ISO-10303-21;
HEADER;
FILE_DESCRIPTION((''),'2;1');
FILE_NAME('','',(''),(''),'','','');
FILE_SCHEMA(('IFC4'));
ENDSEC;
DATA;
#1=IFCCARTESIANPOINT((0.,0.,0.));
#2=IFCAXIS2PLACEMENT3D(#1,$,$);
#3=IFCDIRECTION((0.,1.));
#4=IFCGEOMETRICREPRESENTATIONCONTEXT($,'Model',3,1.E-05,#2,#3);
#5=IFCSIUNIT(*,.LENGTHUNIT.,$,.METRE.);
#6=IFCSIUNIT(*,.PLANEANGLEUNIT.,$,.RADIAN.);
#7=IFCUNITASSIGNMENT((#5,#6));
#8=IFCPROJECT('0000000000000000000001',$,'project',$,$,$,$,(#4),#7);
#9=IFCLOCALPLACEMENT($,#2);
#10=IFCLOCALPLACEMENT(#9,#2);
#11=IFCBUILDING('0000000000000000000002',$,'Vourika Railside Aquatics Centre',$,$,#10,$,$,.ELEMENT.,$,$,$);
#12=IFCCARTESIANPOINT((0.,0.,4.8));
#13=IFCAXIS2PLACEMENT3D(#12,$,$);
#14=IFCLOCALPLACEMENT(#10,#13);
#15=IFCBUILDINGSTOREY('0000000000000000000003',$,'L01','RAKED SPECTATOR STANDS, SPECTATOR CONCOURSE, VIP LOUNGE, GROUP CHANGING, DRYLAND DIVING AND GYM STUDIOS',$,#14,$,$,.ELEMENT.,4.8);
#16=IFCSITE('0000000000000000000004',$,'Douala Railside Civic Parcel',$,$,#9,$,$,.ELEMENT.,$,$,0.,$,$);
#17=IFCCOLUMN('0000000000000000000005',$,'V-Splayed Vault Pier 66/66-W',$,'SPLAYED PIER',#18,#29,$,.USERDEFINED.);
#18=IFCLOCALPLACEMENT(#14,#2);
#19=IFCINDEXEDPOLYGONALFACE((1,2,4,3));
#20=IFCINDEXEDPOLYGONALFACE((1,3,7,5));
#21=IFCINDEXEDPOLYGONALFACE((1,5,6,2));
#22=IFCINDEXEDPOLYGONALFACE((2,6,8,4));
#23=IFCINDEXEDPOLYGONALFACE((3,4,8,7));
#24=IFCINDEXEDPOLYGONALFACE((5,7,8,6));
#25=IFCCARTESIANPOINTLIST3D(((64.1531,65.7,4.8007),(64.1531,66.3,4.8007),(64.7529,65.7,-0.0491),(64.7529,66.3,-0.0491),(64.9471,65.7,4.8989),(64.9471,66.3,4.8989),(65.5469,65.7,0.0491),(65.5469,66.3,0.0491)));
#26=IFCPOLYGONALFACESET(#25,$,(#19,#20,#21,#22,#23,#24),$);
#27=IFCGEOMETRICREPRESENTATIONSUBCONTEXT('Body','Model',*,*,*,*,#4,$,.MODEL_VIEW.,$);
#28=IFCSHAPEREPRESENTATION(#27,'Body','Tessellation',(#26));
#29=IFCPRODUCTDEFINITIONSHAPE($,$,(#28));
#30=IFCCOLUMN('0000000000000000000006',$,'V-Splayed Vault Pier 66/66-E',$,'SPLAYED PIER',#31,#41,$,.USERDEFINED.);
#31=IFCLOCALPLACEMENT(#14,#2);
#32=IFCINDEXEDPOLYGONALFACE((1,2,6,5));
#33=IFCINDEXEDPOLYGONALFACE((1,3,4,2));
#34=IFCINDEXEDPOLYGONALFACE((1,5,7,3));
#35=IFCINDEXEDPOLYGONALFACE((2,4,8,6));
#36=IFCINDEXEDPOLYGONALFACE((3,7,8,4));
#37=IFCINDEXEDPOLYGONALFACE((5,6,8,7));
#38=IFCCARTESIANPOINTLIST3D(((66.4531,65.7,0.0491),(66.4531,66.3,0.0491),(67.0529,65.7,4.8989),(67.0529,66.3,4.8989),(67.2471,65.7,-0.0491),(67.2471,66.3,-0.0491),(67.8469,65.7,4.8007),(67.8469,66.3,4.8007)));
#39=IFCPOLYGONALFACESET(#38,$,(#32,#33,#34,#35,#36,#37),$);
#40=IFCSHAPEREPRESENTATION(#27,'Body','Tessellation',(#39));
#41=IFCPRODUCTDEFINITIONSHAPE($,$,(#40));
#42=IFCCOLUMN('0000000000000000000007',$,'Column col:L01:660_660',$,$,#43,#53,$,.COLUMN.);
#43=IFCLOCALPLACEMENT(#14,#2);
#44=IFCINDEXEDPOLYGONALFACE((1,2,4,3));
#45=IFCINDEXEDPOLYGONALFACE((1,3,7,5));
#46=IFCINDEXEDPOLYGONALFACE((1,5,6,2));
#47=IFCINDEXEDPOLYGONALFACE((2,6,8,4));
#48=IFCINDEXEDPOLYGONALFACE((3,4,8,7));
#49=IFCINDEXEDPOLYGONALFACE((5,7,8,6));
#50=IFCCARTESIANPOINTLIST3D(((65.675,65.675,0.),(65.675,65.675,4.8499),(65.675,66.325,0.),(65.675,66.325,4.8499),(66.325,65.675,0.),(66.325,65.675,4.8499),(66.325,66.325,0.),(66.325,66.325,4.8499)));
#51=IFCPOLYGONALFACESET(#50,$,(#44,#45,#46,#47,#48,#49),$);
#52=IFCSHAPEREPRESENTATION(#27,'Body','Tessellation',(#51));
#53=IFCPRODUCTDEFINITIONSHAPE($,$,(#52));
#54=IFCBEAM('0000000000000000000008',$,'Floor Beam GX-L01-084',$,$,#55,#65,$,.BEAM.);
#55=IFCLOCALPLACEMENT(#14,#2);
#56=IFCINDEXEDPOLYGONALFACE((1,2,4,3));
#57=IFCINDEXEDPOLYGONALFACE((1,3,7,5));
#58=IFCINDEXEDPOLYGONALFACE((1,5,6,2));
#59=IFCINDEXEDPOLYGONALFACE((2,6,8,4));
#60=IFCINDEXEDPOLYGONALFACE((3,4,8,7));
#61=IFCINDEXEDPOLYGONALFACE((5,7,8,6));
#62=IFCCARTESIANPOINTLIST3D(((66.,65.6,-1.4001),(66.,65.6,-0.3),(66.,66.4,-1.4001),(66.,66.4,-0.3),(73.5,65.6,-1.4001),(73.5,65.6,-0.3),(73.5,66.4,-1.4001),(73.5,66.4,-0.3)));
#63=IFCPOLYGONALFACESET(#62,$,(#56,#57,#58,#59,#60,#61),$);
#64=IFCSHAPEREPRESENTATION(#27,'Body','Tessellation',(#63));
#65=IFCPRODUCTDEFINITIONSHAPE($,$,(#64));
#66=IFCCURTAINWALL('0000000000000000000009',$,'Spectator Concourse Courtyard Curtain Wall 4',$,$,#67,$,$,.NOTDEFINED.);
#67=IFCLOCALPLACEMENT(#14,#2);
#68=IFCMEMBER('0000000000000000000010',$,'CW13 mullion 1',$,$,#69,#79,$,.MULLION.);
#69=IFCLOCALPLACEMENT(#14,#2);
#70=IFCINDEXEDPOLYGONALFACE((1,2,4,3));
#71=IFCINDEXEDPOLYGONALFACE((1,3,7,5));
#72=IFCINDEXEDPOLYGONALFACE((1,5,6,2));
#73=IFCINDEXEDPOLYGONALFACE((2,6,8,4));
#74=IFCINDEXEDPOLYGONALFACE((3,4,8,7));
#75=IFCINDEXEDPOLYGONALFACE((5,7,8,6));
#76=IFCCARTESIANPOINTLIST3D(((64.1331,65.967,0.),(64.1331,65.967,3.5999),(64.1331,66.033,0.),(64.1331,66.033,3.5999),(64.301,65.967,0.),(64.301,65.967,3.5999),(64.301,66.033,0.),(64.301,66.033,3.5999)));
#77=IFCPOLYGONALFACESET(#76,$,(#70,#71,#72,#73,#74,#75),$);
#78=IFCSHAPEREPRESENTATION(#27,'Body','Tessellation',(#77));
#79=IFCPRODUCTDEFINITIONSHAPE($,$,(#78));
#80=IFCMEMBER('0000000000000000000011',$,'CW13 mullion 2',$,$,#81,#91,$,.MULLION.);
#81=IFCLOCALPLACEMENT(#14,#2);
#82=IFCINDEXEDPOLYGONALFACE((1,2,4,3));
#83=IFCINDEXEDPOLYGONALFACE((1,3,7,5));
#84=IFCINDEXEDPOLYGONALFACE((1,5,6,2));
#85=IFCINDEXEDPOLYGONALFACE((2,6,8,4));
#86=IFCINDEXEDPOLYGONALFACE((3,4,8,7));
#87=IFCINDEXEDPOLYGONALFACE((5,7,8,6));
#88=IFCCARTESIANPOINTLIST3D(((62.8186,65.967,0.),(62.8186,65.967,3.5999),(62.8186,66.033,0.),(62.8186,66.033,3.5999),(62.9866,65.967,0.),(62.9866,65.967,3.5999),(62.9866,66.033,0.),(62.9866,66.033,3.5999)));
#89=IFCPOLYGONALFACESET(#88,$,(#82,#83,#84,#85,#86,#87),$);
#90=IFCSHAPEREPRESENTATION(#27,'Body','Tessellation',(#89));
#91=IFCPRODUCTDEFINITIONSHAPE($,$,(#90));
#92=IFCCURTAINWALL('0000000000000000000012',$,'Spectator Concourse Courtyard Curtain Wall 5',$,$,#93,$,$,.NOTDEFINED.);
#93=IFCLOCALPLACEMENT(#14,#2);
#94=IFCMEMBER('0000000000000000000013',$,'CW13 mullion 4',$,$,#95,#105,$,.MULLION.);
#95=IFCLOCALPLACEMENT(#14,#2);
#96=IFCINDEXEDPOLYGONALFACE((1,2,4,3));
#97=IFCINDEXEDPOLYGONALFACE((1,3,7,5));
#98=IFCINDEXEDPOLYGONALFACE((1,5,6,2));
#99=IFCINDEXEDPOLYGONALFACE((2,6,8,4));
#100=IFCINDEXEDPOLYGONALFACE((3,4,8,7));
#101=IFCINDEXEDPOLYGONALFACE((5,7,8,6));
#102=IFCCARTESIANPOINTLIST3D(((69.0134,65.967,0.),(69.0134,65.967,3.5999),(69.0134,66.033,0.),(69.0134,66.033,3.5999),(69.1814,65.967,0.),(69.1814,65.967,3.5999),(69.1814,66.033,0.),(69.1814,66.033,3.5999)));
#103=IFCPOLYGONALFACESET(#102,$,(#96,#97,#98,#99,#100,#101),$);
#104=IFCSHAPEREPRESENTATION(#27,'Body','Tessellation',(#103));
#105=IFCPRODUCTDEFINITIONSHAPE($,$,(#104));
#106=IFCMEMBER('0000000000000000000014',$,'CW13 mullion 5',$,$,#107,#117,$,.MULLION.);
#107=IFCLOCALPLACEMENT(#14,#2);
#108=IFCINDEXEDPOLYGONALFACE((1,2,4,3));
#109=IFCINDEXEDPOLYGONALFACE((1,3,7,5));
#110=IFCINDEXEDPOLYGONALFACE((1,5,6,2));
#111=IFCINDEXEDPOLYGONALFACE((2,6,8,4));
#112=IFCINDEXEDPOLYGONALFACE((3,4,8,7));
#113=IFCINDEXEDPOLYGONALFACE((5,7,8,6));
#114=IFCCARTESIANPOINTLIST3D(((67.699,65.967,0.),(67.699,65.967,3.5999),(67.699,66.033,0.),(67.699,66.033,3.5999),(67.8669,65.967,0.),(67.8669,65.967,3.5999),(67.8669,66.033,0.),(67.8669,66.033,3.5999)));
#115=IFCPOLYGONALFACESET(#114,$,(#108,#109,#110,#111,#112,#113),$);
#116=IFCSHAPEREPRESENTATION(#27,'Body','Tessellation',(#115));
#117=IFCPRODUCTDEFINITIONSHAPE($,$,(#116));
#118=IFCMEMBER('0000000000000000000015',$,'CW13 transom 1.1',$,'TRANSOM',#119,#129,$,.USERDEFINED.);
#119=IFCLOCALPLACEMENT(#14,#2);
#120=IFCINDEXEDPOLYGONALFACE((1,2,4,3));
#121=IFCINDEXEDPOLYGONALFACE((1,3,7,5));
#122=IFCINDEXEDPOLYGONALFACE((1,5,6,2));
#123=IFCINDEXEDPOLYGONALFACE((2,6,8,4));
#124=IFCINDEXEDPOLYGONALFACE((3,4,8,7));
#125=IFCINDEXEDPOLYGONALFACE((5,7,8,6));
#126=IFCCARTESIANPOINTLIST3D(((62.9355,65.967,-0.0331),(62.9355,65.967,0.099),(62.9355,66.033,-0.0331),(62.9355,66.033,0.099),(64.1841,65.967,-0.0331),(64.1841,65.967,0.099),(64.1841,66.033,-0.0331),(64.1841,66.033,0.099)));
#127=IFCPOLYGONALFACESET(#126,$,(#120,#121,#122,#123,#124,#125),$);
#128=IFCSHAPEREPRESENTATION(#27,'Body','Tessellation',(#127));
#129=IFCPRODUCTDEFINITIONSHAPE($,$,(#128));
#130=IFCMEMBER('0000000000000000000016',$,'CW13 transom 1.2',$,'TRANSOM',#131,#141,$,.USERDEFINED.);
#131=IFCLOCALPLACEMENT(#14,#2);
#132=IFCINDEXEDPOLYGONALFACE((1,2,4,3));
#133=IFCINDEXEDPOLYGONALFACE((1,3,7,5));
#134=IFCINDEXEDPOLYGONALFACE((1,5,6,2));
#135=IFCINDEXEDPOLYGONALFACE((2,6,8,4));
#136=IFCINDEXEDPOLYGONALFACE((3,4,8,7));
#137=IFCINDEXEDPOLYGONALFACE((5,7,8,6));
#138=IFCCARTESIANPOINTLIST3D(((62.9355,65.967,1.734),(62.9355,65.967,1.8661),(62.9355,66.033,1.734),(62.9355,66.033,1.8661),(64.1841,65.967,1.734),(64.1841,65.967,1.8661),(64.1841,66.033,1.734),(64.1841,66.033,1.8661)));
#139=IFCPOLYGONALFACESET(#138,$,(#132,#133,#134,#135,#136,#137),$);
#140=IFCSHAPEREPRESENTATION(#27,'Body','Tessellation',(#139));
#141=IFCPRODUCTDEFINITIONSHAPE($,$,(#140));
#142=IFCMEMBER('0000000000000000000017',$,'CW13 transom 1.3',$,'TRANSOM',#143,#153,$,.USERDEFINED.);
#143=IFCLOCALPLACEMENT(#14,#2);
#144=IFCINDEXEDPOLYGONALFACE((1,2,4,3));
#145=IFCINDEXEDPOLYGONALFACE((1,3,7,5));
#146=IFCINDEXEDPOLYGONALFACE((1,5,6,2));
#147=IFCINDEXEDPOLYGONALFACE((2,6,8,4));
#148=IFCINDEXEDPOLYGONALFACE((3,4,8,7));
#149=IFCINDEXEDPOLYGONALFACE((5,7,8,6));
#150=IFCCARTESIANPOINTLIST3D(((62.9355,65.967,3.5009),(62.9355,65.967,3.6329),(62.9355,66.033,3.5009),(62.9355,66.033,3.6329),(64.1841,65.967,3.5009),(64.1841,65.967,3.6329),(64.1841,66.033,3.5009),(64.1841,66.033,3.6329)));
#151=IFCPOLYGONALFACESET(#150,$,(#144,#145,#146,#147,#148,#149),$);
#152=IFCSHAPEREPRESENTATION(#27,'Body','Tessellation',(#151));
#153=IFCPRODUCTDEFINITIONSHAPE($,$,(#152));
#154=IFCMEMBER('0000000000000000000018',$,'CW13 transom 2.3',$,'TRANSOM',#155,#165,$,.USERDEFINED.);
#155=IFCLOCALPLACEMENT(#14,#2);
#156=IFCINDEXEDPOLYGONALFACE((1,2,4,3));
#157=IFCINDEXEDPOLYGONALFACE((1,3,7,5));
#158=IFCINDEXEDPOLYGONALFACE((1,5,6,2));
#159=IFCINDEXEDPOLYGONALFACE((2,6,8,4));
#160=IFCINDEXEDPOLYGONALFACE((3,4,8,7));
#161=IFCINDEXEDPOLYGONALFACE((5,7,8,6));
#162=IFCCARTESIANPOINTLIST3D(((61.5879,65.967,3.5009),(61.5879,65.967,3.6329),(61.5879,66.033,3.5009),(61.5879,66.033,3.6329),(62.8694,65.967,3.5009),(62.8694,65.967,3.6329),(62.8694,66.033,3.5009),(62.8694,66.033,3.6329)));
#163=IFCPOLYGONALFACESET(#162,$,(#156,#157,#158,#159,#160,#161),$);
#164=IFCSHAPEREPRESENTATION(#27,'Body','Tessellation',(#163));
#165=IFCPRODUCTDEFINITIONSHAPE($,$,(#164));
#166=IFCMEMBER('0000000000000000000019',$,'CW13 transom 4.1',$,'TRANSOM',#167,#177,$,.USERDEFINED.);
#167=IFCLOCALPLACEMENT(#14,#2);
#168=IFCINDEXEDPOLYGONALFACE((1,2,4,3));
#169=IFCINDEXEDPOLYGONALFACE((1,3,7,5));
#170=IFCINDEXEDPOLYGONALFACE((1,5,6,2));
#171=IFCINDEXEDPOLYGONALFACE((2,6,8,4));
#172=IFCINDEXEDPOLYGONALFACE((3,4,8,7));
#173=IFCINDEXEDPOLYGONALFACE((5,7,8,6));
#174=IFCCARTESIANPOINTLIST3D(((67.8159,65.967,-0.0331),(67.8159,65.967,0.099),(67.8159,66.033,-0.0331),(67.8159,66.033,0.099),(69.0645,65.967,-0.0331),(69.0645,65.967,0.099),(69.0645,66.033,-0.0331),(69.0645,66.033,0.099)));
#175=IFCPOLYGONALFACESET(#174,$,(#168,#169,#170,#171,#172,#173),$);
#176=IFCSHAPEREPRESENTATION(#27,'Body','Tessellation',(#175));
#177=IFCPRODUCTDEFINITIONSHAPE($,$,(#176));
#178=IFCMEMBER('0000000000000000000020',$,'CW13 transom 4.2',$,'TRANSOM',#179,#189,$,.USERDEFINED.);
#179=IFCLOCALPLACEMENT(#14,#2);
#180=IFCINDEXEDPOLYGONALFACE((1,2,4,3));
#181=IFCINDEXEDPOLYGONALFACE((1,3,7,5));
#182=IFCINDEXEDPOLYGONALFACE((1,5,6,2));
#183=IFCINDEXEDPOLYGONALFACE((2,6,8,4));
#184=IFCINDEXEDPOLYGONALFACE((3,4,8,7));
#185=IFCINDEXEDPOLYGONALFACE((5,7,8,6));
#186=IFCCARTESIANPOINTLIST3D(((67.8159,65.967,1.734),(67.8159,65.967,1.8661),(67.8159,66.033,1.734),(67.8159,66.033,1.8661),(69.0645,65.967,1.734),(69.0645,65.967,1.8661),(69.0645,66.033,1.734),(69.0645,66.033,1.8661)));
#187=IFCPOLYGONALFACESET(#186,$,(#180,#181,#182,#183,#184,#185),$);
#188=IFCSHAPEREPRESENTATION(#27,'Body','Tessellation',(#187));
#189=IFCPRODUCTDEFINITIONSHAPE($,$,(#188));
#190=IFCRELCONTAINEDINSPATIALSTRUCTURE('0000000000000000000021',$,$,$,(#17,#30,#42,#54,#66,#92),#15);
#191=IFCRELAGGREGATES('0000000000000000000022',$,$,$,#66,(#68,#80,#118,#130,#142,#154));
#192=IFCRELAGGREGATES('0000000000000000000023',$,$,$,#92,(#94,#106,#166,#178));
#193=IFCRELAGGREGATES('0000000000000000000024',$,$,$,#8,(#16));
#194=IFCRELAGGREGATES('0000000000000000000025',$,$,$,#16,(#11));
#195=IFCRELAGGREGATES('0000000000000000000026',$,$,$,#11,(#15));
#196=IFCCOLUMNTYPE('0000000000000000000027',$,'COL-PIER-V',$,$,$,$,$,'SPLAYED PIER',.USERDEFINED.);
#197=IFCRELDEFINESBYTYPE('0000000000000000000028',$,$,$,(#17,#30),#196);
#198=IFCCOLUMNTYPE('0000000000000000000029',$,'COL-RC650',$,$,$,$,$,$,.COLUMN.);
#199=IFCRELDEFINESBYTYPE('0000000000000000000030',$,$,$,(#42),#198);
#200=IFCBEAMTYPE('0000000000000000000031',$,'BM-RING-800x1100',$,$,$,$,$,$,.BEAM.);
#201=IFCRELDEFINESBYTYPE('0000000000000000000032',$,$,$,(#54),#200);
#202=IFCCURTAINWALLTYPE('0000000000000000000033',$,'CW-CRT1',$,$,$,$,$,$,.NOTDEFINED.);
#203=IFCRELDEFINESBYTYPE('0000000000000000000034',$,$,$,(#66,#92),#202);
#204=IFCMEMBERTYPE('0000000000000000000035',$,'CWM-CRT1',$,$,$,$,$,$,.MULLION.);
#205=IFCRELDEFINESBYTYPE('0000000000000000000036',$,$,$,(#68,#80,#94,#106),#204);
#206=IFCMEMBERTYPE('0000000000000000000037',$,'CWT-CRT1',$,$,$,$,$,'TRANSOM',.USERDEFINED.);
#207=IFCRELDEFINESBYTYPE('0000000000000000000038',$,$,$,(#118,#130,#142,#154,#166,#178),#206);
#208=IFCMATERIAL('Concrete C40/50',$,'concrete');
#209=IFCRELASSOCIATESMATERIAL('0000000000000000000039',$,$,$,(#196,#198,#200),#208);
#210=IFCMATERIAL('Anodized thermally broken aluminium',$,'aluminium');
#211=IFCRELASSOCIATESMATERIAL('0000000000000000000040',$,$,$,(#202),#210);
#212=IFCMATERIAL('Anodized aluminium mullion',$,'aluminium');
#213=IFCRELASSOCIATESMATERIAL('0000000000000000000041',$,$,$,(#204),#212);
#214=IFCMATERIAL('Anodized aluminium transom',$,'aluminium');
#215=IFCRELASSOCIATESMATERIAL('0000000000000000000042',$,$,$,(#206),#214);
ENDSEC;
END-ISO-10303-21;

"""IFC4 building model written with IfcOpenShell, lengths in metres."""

from ifc_helpers import new_model, si_unit, direction, frame, origin, origin_2d, place, context, subcontext, project, spatial, rectangle, extrude, material, material_profile, profile_set, type_object, element, aggregate, save


model = new_model("IFC4")

# Units and contexts
model_context = context("Model", 3, precision=1e-05, world=origin(), true_north=direction((0.0, 1.0)))
body_context = subcontext(model_context, "Body", "Model", "MODEL_VIEW")
ifc_project = project(units=[si_unit("LENGTHUNIT", "METRE"), si_unit("PLANEANGLEUNIT", "RADIAN")], contexts=[model_context])

# Site, building, storey
site_placement = place(None, origin())
site = spatial("IfcSite", under=ifc_project, at=site_placement, Name="Douala Railside Civic Parcel", CompositionType="ELEMENT", RefElevation=0.0)
building_placement = place(site_placement, origin())
building = spatial("IfcBuilding", under=site, at=building_placement, Name="Vourika Railside Aquatics Centre", CompositionType="ELEMENT")
storey_placement = place(building_placement, frame((0.0, 0.0, 4.8)))
storey = spatial("IfcBuildingStorey", under=building, at=storey_placement, Name="L01", Description="RAKED SPECTATOR STANDS, SPECTATOR CONCOURSE, VIP LOUNGE, GROUP CHANGING, DRYLAND DIVING AND GYM STUDIOS", CompositionType="ELEMENT", Elevation=4.8)

# Columns
ifc_material_1 = material(Name="Concrete C40/50", Category="concrete")
ifc_material_profile_1 = material_profile(ifc_material_1, rectangle(XDim=0.6001, YDim=0.8, at=origin_2d()), Name="RC 600x800")
ifc_profile_set_1 = profile_set([ifc_material_profile_1], Name="Concrete C40/50")
column_type_1 = type_object("IfcColumnType", Name="COL-PIER-V", ElementType="SPLAYED PIER", PredefinedType="USERDEFINED", material=ifc_profile_set_1)
for number, where, z_axis, x_axis, name in (
    (1, (65.1499, 66.0, 0.0), (-0.12275, 0.0, 0.992438), (0.0, -1.0, 0.0), "V-Splayed Vault Pier 66/66-W"),
    (2, (66.8501, 66.0, 0.0), (0.12275, 0.0, 0.992438), (0.0, 1.0, 0.0), "V-Splayed Vault Pier 66/66-E"),
):
    element("IfcColumn", number, at=place(storey_placement, frame(where, z_axis=z_axis, x_axis=x_axis)), inside=storey, type_object=column_type_1, Name=name, ObjectType="SPLAYED PIER", PredefinedType="USERDEFINED", context=body_context, shape_type="SweptSolid", body=[
        extrude(rectangle(XDim=0.6001, YDim=0.8, at=origin_2d()), origin(), (0.0, 0.0, 1.0), 4.8867),
    ])
ifc_material_profile_2 = material_profile(ifc_material_1, rectangle(XDim=0.6499, YDim=0.6499, at=origin_2d()), Name="RC 650x650")
ifc_profile_set_2 = profile_set([ifc_material_profile_2], Name="Concrete C40/50")
column_type_2 = type_object("IfcColumnType", Name="COL-RC650", PredefinedType="COLUMN", material=ifc_profile_set_2)
column_placement = place(storey_placement, frame((66.0, 66.0, 0.0), z_axis=(0.0, 0.0, 1.0), x_axis=(1.0, 0.0, 0.0)))
element("IfcColumn", 3, at=column_placement, inside=storey, type_object=column_type_2, Name="Column col:L01:660_660", PredefinedType="COLUMN", context=body_context, shape_type="SweptSolid", body=[
    extrude(rectangle(XDim=0.6499, YDim=0.6499, at=origin_2d()), origin(), (0.0, 0.0, 1.0), 4.8499),
])

# Beam
ifc_material_profile_3 = material_profile(ifc_material_1, rectangle(XDim=0.8, YDim=1.1001, at=origin_2d()), Name="RC 800x1100")
ifc_profile_set_3 = profile_set([ifc_material_profile_3], Name="Concrete C40/50")
beam_type = type_object("IfcBeamType", Name="BM-RING-800x1100", PredefinedType="BEAM", material=ifc_profile_set_3)
beam_placement = place(storey_placement, frame((66.0, 66.0, -0.8501), z_axis=(1.0, 0.0, 0.0), x_axis=(0.0, 1.0, 0.0)))
element("IfcBeam", 4, at=beam_placement, inside=storey, type_object=beam_type, Name="Floor Beam GX-L01-084", PredefinedType="BEAM", context=body_context, shape_type="SweptSolid", body=[
    extrude(rectangle(XDim=0.8, YDim=1.1001, at=origin_2d()), origin(), (0.0, 0.0, 1.0), 7.5),
])

# Curtain walls, members
ifc_material_2 = material(Name="Anodized thermally broken aluminium", Category="aluminium")
curtain_wall_type = type_object("IfcCurtainWallType", Name="CW-CRT1", PredefinedType="NOTDEFINED", material=ifc_material_2)
curtain_wall_1_placement = place(storey_placement, origin())
curtain_wall_1 = element("IfcCurtainWall", 5, at=curtain_wall_1_placement, inside=storey, type_object=curtain_wall_type, Name="Spectator Concourse Courtyard Curtain Wall 4", PredefinedType="NOTDEFINED")
ifc_material_3 = material(Name="Anodized aluminium mullion", Category="aluminium")
ifc_material_profile_4 = material_profile(ifc_material_3, rectangle(XDim=0.0659, YDim=0.168, at=origin_2d()), Name="ALU-M 66x168")
ifc_profile_set_4 = profile_set([ifc_material_profile_4], Name="Anodized aluminium mullion")
member_type_1 = type_object("IfcMemberType", Name="CWM-CRT1", PredefinedType="MULLION", material=ifc_profile_set_4)
member_1_placement = place(storey_placement, frame((64.217, 66.0, 0.0), z_axis=(0.0, 0.0, 1.0), x_axis=(0.0, -1.0, 0.0)))
member_1 = element("IfcMember", 6, at=member_1_placement, type_object=member_type_1, Name="CW13 mullion 1", PredefinedType="MULLION", context=body_context, shape_type="SweptSolid", body=[
    extrude(rectangle(XDim=0.0659, YDim=0.168, at=origin_2d()), origin(), (0.0, 0.0, 1.0), 3.5999),
])
member_2_placement = place(storey_placement, frame((62.9026, 66.0, 0.0), z_axis=(0.0, 0.0, 1.0), x_axis=(0.0, -1.0, 0.0)))
member_2 = element("IfcMember", 7, at=member_2_placement, type_object=member_type_1, Name="CW13 mullion 2", PredefinedType="MULLION", context=body_context, shape_type="SweptSolid", body=[
    extrude(rectangle(XDim=0.0659, YDim=0.168, at=origin_2d()), origin(), (0.0, 0.0, 1.0), 3.5999),
])
curtain_wall_2_placement = place(storey_placement, origin())
curtain_wall_2 = element("IfcCurtainWall", 8, at=curtain_wall_2_placement, inside=storey, type_object=curtain_wall_type, Name="Spectator Concourse Courtyard Curtain Wall 5", PredefinedType="NOTDEFINED")
member_3_placement = place(storey_placement, frame((69.0974, 66.0, 0.0), z_axis=(0.0, 0.0, 1.0), x_axis=(0.0, -1.0, 0.0)))
member_3 = element("IfcMember", 9, at=member_3_placement, type_object=member_type_1, Name="CW13 mullion 4", PredefinedType="MULLION", context=body_context, shape_type="SweptSolid", body=[
    extrude(rectangle(XDim=0.0659, YDim=0.168, at=origin_2d()), origin(), (0.0, 0.0, 1.0), 3.5999),
])
member_4_placement = place(storey_placement, frame((67.783, 66.0, 0.0), z_axis=(0.0, 0.0, 1.0), x_axis=(0.0, -1.0, 0.0)))
member_4 = element("IfcMember", 10, at=member_4_placement, type_object=member_type_1, Name="CW13 mullion 5", PredefinedType="MULLION", context=body_context, shape_type="SweptSolid", body=[
    extrude(rectangle(XDim=0.0659, YDim=0.168, at=origin_2d()), origin(), (0.0, 0.0, 1.0), 3.5999),
])

# Members
ifc_material_4 = material(Name="Anodized aluminium transom", Category="aluminium")
ifc_material_profile_5 = material_profile(ifc_material_4, rectangle(XDim=0.0659, YDim=0.1321, at=origin_2d()), Name="ALU-T 66x132")
ifc_profile_set_5 = profile_set([ifc_material_profile_5], Name="Anodized aluminium transom")
member_type_2 = type_object("IfcMemberType", Name="CWT-CRT1", ElementType="TRANSOM", PredefinedType="USERDEFINED", material=ifc_profile_set_5)
member_5_placement = place(storey_placement, frame((64.1841, 66.0, 0.033), z_axis=(-1.0, 0.0, 0.0), x_axis=(0.0, -1.0, 0.0)))
member_5 = element("IfcMember", 11, at=member_5_placement, type_object=member_type_2, Name="CW13 transom 1.1", ObjectType="TRANSOM", PredefinedType="USERDEFINED", context=body_context, shape_type="SweptSolid", body=[
    extrude(rectangle(XDim=0.0659, YDim=0.1321, at=origin_2d()), origin(), (0.0, 0.0, 1.0), 1.2485),
])
member_6_placement = place(storey_placement, frame((64.1841, 66.0, 1.8), z_axis=(-1.0, 0.0, 0.0), x_axis=(0.0, -1.0, 0.0)))
member_6 = element("IfcMember", 12, at=member_6_placement, type_object=member_type_2, Name="CW13 transom 1.2", ObjectType="TRANSOM", PredefinedType="USERDEFINED", context=body_context, shape_type="SweptSolid", body=[
    extrude(rectangle(XDim=0.0659, YDim=0.1321, at=origin_2d()), origin(), (0.0, 0.0, 1.0), 1.2485),
])
member_7_placement = place(storey_placement, frame((64.1841, 66.0, 3.5669), z_axis=(-1.0, 0.0, 0.0), x_axis=(0.0, -1.0, 0.0)))
member_7 = element("IfcMember", 13, at=member_7_placement, type_object=member_type_2, Name="CW13 transom 1.3", ObjectType="TRANSOM", PredefinedType="USERDEFINED", context=body_context, shape_type="SweptSolid", body=[
    extrude(rectangle(XDim=0.0659, YDim=0.1321, at=origin_2d()), origin(), (0.0, 0.0, 1.0), 1.2485),
])
member_8_placement = place(storey_placement, frame((62.8694, 66.0, 3.5669), z_axis=(-1.0, 0.0, 0.0), x_axis=(0.0, -1.0, 0.0)))
member_8 = element("IfcMember", 14, at=member_8_placement, type_object=member_type_2, Name="CW13 transom 2.3", ObjectType="TRANSOM", PredefinedType="USERDEFINED", context=body_context, shape_type="SweptSolid", body=[
    extrude(rectangle(XDim=0.0659, YDim=0.1321, at=origin_2d()), origin(), (0.0, 0.0, 1.0), 1.2815),
])
member_9_placement = place(storey_placement, frame((69.0645, 66.0, 0.033), z_axis=(-1.0, 0.0, 0.0), x_axis=(0.0, -1.0, 0.0)))
member_9 = element("IfcMember", 15, at=member_9_placement, type_object=member_type_2, Name="CW13 transom 4.1", ObjectType="TRANSOM", PredefinedType="USERDEFINED", context=body_context, shape_type="SweptSolid", body=[
    extrude(rectangle(XDim=0.0659, YDim=0.1321, at=origin_2d()), origin(), (0.0, 0.0, 1.0), 1.2485),
])
member_10_placement = place(storey_placement, frame((69.0645, 66.0, 1.8), z_axis=(-1.0, 0.0, 0.0), x_axis=(0.0, -1.0, 0.0)))
member_10 = element("IfcMember", 16, at=member_10_placement, type_object=member_type_2, Name="CW13 transom 4.2", ObjectType="TRANSOM", PredefinedType="USERDEFINED", context=body_context, shape_type="SweptSolid", body=[
    extrude(rectangle(XDim=0.0659, YDim=0.1321, at=origin_2d()), origin(), (0.0, 0.0, 1.0), 1.2485),
])

aggregate(curtain_wall_1, [member_1, member_2, member_5, member_6, member_7, member_8])
aggregate(curtain_wall_2, [member_3, member_4, member_9, member_10])

save(model, "model.ifc")
